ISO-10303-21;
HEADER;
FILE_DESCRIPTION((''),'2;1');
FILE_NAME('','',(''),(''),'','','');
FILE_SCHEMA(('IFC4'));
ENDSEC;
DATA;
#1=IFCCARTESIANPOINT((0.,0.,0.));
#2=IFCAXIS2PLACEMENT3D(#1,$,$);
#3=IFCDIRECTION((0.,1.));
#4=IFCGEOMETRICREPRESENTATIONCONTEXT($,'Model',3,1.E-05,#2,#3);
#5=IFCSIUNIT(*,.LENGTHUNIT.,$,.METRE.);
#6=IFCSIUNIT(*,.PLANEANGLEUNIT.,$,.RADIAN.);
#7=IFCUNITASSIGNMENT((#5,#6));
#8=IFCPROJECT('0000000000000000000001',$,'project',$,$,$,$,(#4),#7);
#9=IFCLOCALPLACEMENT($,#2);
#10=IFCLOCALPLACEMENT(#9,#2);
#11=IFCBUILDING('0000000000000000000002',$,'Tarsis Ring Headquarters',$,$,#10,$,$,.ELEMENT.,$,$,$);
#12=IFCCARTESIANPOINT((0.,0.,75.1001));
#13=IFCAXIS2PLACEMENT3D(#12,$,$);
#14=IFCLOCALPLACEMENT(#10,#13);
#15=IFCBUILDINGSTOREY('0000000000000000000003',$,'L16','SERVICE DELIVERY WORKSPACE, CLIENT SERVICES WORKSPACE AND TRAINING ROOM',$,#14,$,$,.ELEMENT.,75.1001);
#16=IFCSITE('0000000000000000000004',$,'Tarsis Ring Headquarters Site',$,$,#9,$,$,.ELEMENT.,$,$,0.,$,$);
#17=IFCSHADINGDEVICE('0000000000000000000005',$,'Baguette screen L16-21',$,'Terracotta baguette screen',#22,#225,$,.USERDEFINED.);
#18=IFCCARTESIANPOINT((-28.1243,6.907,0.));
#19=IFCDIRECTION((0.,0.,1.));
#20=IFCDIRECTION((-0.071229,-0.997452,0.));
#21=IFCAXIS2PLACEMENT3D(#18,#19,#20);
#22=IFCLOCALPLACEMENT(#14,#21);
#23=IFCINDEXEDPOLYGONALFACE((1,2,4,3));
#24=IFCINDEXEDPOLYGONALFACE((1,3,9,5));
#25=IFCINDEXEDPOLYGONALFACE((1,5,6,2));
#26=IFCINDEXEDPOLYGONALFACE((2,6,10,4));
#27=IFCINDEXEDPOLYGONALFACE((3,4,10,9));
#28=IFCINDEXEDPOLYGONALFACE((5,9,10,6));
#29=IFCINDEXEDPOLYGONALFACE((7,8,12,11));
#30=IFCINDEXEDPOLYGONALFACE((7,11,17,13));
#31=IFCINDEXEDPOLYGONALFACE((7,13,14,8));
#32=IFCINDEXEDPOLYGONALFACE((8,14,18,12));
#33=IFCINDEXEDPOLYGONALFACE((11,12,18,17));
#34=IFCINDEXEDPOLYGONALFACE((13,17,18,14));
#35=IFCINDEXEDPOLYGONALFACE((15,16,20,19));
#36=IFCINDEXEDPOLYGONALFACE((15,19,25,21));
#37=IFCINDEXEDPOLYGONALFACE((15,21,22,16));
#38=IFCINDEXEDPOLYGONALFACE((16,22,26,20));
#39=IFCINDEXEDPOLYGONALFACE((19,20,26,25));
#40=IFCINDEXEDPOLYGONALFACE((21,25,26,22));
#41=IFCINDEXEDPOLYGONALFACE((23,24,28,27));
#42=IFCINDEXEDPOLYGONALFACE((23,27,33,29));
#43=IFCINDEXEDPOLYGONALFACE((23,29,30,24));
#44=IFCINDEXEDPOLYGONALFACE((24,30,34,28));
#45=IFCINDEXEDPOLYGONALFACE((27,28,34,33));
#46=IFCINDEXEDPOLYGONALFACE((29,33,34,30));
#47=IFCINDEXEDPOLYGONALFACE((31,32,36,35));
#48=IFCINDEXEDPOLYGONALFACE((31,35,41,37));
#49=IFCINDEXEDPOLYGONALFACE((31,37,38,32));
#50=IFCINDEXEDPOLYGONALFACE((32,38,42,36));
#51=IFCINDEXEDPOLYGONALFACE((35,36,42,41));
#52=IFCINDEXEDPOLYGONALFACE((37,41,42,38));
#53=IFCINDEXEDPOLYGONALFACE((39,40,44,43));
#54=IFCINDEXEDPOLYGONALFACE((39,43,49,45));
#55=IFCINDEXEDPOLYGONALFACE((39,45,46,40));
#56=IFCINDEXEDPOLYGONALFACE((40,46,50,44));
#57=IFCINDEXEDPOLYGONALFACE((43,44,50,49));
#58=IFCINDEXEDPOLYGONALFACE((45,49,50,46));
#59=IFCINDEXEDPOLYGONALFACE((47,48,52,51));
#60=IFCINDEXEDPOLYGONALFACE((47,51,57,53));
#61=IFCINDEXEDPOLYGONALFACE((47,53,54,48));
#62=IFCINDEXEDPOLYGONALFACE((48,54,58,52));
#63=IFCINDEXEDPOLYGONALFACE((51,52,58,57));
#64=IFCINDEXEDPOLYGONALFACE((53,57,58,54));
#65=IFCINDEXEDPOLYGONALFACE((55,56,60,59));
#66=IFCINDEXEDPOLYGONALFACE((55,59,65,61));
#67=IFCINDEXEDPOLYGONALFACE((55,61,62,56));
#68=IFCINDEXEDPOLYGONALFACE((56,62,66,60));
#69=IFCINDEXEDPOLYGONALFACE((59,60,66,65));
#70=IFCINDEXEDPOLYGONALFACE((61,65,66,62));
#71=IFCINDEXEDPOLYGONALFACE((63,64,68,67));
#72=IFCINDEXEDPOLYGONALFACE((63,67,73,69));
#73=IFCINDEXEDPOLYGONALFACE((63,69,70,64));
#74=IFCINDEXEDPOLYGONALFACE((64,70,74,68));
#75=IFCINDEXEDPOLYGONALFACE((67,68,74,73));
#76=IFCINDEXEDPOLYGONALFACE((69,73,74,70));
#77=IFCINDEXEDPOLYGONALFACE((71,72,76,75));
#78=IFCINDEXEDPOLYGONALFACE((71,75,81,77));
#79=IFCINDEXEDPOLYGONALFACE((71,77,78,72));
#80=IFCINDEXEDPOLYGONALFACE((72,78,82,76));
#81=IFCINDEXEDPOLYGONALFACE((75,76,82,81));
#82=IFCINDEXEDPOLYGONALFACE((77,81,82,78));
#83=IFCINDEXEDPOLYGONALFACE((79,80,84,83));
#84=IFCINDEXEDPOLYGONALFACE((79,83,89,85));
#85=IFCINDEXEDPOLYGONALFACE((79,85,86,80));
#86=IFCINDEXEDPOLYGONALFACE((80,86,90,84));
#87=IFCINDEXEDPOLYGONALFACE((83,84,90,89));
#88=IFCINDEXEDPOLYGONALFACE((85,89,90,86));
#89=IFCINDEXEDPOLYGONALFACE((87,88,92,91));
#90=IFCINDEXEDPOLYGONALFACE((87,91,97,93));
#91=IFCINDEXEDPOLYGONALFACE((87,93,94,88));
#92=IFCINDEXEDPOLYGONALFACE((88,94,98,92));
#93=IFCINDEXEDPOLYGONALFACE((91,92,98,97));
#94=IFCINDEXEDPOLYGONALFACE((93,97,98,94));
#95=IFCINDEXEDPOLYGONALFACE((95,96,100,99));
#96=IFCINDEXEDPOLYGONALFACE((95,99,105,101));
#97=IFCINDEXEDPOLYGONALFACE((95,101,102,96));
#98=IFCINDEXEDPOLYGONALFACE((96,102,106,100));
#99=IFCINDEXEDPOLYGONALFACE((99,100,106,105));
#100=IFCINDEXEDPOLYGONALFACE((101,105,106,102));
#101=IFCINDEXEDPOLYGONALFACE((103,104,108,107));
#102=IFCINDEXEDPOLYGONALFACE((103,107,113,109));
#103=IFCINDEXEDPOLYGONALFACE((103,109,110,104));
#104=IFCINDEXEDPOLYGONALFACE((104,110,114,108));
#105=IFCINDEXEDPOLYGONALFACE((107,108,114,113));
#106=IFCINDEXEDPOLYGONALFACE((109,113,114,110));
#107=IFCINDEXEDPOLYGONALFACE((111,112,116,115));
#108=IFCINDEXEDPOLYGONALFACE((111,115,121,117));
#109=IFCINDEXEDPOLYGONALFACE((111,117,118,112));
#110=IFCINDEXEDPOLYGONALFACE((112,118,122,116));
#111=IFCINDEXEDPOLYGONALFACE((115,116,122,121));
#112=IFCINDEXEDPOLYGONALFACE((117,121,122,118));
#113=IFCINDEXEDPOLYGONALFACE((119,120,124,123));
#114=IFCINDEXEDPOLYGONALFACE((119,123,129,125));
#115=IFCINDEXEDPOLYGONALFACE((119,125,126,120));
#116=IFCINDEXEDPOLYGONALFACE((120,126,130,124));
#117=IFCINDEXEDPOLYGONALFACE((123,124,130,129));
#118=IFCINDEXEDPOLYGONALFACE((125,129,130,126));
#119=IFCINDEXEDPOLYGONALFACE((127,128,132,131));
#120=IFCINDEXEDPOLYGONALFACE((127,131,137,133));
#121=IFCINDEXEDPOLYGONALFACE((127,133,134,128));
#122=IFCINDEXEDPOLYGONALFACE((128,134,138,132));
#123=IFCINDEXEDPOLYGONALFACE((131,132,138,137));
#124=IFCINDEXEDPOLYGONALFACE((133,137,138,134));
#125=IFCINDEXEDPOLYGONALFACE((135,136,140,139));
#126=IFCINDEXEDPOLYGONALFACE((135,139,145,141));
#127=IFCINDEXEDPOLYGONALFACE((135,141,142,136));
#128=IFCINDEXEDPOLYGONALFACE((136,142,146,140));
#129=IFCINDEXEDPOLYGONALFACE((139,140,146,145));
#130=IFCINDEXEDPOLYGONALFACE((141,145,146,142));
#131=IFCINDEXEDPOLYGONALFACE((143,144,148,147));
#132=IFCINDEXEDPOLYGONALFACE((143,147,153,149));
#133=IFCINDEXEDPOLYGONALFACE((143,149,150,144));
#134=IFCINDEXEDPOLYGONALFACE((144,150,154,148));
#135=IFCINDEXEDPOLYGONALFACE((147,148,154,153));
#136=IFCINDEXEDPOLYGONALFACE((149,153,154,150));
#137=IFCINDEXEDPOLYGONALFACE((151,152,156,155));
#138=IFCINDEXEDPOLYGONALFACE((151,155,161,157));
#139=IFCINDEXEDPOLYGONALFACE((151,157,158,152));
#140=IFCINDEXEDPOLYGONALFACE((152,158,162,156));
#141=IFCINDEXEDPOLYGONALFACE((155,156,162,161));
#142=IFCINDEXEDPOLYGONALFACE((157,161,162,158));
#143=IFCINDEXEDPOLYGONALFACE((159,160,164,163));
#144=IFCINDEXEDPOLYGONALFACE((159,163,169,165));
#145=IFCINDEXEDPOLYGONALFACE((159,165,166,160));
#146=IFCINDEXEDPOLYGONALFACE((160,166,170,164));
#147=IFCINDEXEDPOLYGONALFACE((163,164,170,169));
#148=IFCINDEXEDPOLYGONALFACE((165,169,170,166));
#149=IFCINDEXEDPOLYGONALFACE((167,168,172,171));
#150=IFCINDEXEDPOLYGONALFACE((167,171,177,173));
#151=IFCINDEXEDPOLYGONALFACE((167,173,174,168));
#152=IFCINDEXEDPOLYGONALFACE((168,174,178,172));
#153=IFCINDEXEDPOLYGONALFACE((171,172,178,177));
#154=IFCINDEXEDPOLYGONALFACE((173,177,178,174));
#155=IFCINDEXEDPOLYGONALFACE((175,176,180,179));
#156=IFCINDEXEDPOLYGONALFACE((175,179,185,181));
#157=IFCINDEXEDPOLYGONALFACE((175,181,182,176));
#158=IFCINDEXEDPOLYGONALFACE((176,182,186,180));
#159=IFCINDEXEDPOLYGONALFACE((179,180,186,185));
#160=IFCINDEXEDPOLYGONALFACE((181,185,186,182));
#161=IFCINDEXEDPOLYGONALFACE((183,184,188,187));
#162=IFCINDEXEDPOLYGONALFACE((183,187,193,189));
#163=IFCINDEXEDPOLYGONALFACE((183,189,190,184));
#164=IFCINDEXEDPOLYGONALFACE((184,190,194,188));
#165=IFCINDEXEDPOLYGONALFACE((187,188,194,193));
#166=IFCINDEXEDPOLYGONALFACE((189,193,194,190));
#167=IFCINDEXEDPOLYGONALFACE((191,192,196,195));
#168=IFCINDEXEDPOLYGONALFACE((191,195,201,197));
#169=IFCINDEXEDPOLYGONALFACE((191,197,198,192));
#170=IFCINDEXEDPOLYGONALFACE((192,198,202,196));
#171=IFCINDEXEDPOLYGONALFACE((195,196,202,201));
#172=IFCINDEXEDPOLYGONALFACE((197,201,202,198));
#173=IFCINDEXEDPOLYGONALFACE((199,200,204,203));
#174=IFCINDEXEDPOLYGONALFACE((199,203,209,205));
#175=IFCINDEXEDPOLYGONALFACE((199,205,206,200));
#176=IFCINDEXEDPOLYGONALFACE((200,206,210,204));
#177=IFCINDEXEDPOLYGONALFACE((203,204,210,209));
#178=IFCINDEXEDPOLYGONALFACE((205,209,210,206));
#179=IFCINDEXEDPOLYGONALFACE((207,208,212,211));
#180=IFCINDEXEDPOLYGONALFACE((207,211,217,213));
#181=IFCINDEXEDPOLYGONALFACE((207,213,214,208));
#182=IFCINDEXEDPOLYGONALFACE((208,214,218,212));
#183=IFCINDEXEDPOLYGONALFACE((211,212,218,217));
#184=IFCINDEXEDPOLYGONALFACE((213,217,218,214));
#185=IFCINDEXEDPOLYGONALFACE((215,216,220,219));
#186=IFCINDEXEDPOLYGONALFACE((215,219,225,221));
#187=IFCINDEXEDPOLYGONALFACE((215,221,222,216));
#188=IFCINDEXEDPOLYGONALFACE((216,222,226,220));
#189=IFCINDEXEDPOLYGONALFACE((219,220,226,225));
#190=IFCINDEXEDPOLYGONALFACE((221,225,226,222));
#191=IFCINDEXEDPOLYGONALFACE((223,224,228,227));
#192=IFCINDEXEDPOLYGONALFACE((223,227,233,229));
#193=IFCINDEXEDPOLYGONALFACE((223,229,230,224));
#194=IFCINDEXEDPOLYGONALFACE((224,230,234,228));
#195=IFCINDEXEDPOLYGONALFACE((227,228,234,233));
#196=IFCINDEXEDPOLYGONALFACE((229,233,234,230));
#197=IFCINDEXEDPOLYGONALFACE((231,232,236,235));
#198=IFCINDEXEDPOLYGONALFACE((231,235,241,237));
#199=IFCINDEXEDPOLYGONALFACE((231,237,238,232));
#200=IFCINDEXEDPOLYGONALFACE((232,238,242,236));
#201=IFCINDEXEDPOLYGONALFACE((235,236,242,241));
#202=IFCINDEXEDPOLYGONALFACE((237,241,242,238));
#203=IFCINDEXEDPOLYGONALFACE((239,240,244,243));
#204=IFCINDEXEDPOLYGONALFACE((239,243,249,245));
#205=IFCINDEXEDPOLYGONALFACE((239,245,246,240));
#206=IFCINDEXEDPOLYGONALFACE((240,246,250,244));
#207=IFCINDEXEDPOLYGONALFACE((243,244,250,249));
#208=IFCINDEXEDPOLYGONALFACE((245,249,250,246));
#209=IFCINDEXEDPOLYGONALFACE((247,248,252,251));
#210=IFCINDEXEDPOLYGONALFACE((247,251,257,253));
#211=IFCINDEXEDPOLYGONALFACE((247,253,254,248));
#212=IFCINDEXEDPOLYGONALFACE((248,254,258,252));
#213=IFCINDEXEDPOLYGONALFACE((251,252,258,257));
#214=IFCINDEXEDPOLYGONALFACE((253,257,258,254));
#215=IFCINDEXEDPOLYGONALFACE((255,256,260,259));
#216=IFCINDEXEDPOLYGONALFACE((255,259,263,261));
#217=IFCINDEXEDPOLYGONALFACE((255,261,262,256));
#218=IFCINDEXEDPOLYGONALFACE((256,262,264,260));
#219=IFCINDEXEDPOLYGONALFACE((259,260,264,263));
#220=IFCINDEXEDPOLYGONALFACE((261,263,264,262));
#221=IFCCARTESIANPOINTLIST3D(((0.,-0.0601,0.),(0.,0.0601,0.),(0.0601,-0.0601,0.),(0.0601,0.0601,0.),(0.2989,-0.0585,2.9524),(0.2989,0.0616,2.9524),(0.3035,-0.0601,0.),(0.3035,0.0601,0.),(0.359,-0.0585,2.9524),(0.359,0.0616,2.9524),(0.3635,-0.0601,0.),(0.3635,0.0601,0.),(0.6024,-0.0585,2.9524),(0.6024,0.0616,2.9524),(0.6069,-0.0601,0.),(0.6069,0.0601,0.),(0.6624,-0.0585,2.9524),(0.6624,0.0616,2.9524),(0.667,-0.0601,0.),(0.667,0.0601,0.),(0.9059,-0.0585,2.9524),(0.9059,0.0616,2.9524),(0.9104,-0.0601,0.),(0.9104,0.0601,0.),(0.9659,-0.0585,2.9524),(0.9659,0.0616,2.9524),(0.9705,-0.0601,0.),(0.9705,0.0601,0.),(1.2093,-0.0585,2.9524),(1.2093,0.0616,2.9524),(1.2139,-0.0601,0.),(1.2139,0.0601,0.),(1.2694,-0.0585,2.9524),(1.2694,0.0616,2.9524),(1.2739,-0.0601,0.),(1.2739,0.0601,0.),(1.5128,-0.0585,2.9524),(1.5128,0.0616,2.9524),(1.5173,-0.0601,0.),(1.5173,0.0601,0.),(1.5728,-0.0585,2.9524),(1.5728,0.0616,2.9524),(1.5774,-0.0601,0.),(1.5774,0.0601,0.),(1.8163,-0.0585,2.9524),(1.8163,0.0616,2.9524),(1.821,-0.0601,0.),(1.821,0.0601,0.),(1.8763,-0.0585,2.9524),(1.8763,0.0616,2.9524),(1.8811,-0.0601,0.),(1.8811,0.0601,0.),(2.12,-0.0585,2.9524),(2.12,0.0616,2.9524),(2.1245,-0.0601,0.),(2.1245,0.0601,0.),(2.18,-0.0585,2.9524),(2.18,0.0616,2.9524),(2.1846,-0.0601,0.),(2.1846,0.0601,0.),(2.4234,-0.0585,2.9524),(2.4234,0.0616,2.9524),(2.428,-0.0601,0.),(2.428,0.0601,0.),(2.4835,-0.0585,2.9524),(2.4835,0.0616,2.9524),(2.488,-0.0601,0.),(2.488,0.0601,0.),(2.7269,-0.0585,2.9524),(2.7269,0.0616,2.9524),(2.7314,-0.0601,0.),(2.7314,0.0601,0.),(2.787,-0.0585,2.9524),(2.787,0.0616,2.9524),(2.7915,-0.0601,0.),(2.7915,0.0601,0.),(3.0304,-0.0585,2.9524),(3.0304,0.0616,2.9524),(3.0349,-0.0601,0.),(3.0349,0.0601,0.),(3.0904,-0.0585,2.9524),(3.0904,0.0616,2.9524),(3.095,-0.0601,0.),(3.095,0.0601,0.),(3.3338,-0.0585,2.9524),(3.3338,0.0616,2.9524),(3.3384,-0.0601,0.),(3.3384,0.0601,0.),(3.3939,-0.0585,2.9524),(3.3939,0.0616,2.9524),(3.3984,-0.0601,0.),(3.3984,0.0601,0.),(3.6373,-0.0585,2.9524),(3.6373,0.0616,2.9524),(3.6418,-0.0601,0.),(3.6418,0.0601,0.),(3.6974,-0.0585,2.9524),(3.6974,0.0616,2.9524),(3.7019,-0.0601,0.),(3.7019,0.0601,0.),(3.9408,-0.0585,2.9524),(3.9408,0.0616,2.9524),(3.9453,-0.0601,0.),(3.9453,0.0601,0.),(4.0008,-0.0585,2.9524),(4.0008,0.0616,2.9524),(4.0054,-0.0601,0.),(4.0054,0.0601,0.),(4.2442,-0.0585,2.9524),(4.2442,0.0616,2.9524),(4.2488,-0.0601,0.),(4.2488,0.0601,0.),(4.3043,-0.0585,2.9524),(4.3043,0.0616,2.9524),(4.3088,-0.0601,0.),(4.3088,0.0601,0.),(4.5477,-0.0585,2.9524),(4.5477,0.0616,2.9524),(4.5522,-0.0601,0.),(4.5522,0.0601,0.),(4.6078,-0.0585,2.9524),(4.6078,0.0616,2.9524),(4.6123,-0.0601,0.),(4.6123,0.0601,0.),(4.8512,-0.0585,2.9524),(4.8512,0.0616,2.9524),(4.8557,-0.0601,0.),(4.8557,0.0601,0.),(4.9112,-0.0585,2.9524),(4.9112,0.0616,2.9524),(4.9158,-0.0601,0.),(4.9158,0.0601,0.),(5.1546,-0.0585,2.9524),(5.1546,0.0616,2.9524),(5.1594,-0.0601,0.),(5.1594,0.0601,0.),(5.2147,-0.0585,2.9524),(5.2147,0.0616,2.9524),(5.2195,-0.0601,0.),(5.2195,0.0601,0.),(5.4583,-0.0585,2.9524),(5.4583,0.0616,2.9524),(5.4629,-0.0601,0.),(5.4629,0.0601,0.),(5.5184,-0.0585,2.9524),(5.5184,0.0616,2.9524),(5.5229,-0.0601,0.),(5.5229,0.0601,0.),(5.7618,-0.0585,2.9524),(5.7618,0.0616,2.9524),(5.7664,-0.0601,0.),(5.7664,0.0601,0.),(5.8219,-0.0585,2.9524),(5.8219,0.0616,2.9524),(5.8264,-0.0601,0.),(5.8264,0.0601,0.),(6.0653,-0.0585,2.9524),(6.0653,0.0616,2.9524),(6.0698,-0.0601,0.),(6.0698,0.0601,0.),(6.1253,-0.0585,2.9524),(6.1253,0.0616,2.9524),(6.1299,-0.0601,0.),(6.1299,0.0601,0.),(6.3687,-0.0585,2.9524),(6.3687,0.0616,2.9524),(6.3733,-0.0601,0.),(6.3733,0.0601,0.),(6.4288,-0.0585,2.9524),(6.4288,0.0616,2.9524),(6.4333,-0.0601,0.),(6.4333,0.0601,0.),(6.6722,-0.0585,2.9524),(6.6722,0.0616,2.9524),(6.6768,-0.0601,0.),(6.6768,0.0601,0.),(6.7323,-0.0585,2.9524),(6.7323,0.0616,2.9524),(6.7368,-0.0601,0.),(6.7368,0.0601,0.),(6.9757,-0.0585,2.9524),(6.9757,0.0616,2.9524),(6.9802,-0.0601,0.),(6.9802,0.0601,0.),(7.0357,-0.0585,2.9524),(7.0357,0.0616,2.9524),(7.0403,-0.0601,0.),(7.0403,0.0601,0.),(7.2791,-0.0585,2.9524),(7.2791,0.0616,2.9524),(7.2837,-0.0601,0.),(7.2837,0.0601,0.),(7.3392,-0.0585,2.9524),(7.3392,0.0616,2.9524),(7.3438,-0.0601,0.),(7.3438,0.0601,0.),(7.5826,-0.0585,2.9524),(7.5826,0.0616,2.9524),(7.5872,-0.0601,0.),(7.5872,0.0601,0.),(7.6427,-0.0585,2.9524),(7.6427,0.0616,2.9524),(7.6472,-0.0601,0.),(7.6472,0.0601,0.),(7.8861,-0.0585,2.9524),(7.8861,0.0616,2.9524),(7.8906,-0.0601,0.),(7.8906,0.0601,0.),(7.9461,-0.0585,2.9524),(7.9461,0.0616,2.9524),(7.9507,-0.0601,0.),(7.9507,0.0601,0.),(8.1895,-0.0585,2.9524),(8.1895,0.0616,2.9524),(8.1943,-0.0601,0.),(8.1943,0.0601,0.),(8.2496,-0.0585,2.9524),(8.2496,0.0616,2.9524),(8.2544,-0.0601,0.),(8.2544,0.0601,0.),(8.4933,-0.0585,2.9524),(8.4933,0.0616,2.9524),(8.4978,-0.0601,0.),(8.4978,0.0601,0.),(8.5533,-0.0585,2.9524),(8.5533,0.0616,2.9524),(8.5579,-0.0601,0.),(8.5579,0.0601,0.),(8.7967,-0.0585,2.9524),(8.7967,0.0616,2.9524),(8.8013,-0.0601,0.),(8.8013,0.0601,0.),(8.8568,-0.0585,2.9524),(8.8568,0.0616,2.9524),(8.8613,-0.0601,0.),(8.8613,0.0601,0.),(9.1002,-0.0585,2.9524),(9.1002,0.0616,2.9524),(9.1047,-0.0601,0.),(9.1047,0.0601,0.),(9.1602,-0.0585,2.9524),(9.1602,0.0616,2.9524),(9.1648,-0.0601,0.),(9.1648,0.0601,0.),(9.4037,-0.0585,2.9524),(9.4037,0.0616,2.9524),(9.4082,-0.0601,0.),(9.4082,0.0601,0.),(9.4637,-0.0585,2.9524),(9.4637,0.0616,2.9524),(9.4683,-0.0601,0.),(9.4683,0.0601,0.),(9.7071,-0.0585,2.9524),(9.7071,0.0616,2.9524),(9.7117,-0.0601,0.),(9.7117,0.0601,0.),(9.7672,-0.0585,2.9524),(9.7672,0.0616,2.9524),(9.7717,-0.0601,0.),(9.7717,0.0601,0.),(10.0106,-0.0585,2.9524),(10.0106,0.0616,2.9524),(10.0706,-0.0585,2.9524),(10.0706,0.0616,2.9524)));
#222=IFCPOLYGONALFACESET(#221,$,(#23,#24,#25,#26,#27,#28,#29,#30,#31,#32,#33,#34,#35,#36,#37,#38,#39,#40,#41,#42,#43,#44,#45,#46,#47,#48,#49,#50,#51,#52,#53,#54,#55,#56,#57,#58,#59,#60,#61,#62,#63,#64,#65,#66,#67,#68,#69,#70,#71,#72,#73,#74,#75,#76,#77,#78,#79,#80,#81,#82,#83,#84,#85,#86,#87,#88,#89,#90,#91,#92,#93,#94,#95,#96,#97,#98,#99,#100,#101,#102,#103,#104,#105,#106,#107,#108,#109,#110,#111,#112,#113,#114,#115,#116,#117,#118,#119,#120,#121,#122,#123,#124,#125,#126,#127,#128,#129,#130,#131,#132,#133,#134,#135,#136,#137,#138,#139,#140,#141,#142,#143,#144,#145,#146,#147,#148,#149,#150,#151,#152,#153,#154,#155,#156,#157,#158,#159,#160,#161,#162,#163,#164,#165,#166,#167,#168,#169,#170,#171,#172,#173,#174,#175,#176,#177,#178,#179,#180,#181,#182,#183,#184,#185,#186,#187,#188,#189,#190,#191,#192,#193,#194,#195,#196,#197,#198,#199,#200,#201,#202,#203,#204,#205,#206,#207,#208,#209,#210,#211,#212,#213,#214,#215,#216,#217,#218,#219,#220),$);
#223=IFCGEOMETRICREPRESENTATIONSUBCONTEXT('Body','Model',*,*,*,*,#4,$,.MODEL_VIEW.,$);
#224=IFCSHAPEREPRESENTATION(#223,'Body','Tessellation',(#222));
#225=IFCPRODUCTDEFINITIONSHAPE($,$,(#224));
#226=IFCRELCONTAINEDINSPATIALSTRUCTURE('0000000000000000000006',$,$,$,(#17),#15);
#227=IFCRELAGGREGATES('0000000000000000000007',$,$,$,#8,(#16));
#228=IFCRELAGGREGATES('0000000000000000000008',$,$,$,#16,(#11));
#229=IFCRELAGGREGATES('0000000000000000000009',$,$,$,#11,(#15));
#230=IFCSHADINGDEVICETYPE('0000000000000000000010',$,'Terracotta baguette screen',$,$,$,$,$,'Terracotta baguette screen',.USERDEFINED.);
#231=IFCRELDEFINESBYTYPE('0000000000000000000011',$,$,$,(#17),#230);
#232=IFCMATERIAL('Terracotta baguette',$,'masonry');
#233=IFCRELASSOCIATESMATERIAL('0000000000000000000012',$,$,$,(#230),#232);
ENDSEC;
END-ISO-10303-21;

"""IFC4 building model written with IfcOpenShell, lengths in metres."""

from ifc_helpers import new_model, si_unit, direction, frame, frame_2d, origin, place, context, subcontext, project, spatial, rectangle, composite_profile, extrude, material, type_object, element, save


model = new_model("IFC4")

# Units and contexts
model_context = context("Model", 3, precision=1e-05, world=origin(), true_north=direction((0.0, 1.0)))
body_context = subcontext(model_context, "Body", "Model", "MODEL_VIEW")
ifc_project = project(units=[si_unit("LENGTHUNIT", "METRE"), si_unit("PLANEANGLEUNIT", "RADIAN")], contexts=[model_context])

# Site, building, storey
site_placement = place(None, origin())
site = spatial("IfcSite", under=ifc_project, at=site_placement, Name="Tarsis Ring Headquarters Site", CompositionType="ELEMENT", RefElevation=0.0)
building_placement = place(site_placement, origin())
building = spatial("IfcBuilding", under=site, at=building_placement, Name="Tarsis Ring Headquarters", CompositionType="ELEMENT")
storey_placement = place(building_placement, frame((0.0, 0.0, 75.1001)))
storey = spatial("IfcBuildingStorey", under=building, at=storey_placement, Name="L16", Description="SERVICE DELIVERY WORKSPACE, CLIENT SERVICES WORKSPACE AND TRAINING ROOM", CompositionType="ELEMENT", Elevation=75.1001)

# Shading device
ifc_material_1 = material(Name="Terracotta baguette", Category="masonry")
shading_device_type = type_object("IfcShadingDeviceType", Name="Terracotta baguette screen", ElementType="Terracotta baguette screen", PredefinedType="USERDEFINED", material=ifc_material_1)
shading_device_placement = place(storey_placement, frame((-28.1243, 6.907, 0.0), z_axis=(0.0, 0.0, 1.0), x_axis=(-0.071229, -0.997452, 0.0)))
element("IfcShadingDevice", 1, at=shading_device_placement, inside=storey, type_object=shading_device_type, Name="Baguette screen L16-21", ObjectType="Terracotta baguette screen", PredefinedType="USERDEFINED", context=body_context, shape_type="SweptSolid", body=[
    extrude(composite_profile([rectangle(XDim=0.0601, YDim=0.1201, at=frame_2d((0.03, 0.0))), rectangle(XDim=0.0601, YDim=0.1201, at=frame_2d((0.3335, 0.0))), rectangle(XDim=0.0601, YDim=0.1201, at=frame_2d((0.637, 0.0))), rectangle(XDim=0.0601, YDim=0.1201, at=frame_2d((0.9404, 0.0))), rectangle(XDim=0.0601, YDim=0.1201, at=frame_2d((1.2439, 0.0))), rectangle(XDim=0.0601, YDim=0.1201, at=frame_2d((1.5474, 0.0))), rectangle(XDim=0.0601, YDim=0.1201, at=frame_2d((1.8511, 0.0))), rectangle(XDim=0.0601, YDim=0.1201, at=frame_2d((2.1545, 0.0))), rectangle(XDim=0.0601, YDim=0.1201, at=frame_2d((2.458, 0.0))), rectangle(XDim=0.0601, YDim=0.1201, at=frame_2d((2.7615, 0.0))), rectangle(XDim=0.0601, YDim=0.1201, at=frame_2d((3.0649, 0.0))), rectangle(XDim=0.0601, YDim=0.1201, at=frame_2d((3.3684, 0.0))), rectangle(XDim=0.0601, YDim=0.1201, at=frame_2d((3.6719, 0.0))), rectangle(XDim=0.0601, YDim=0.1201, at=frame_2d((3.9753, 0.0))), rectangle(XDim=0.0601, YDim=0.1201, at=frame_2d((4.2788, 0.0))), rectangle(XDim=0.0601, YDim=0.1201, at=frame_2d((4.5823, 0.0))), rectangle(XDim=0.0601, YDim=0.1201, at=frame_2d((4.8857, 0.0))), rectangle(XDim=0.0601, YDim=0.1201, at=frame_2d((5.1895, 0.0))), rectangle(XDim=0.0601, YDim=0.1201, at=frame_2d((5.4929, 0.0))), rectangle(XDim=0.0601, YDim=0.1201, at=frame_2d((5.7964, 0.0))), rectangle(XDim=0.0601, YDim=0.1201, at=frame_2d((6.0999, 0.0))), rectangle(XDim=0.0601, YDim=0.1201, at=frame_2d((6.4033, 0.0))), rectangle(XDim=0.0601, YDim=0.1201, at=frame_2d((6.7068, 0.0))), rectangle(XDim=0.0601, YDim=0.1201, at=frame_2d((7.0103, 0.0))), rectangle(XDim=0.0601, YDim=0.1201, at=frame_2d((7.3137, 0.0))), rectangle(XDim=0.0601, YDim=0.1201, at=frame_2d((7.6172, 0.0))), rectangle(XDim=0.0601, YDim=0.1201, at=frame_2d((7.9207, 0.0))), rectangle(XDim=0.0601, YDim=0.1201, at=frame_2d((8.2244, 0.0))), rectangle(XDim=0.0601, YDim=0.1201, at=frame_2d((8.5278, 0.0))), rectangle(XDim=0.0601, YDim=0.1201, at=frame_2d((8.8313, 0.0))), rectangle(XDim=0.0601, YDim=0.1201, at=frame_2d((9.1348, 0.0))), rectangle(XDim=0.0601, YDim=0.1201, at=frame_2d((9.4382, 0.0))), rectangle(XDim=0.0601, YDim=0.1201, at=frame_2d((9.7417, 0.0)))]), origin(), (0.10073, 0.000527, 0.994914), 2.9675),
])

save(model, "model.ifc")
